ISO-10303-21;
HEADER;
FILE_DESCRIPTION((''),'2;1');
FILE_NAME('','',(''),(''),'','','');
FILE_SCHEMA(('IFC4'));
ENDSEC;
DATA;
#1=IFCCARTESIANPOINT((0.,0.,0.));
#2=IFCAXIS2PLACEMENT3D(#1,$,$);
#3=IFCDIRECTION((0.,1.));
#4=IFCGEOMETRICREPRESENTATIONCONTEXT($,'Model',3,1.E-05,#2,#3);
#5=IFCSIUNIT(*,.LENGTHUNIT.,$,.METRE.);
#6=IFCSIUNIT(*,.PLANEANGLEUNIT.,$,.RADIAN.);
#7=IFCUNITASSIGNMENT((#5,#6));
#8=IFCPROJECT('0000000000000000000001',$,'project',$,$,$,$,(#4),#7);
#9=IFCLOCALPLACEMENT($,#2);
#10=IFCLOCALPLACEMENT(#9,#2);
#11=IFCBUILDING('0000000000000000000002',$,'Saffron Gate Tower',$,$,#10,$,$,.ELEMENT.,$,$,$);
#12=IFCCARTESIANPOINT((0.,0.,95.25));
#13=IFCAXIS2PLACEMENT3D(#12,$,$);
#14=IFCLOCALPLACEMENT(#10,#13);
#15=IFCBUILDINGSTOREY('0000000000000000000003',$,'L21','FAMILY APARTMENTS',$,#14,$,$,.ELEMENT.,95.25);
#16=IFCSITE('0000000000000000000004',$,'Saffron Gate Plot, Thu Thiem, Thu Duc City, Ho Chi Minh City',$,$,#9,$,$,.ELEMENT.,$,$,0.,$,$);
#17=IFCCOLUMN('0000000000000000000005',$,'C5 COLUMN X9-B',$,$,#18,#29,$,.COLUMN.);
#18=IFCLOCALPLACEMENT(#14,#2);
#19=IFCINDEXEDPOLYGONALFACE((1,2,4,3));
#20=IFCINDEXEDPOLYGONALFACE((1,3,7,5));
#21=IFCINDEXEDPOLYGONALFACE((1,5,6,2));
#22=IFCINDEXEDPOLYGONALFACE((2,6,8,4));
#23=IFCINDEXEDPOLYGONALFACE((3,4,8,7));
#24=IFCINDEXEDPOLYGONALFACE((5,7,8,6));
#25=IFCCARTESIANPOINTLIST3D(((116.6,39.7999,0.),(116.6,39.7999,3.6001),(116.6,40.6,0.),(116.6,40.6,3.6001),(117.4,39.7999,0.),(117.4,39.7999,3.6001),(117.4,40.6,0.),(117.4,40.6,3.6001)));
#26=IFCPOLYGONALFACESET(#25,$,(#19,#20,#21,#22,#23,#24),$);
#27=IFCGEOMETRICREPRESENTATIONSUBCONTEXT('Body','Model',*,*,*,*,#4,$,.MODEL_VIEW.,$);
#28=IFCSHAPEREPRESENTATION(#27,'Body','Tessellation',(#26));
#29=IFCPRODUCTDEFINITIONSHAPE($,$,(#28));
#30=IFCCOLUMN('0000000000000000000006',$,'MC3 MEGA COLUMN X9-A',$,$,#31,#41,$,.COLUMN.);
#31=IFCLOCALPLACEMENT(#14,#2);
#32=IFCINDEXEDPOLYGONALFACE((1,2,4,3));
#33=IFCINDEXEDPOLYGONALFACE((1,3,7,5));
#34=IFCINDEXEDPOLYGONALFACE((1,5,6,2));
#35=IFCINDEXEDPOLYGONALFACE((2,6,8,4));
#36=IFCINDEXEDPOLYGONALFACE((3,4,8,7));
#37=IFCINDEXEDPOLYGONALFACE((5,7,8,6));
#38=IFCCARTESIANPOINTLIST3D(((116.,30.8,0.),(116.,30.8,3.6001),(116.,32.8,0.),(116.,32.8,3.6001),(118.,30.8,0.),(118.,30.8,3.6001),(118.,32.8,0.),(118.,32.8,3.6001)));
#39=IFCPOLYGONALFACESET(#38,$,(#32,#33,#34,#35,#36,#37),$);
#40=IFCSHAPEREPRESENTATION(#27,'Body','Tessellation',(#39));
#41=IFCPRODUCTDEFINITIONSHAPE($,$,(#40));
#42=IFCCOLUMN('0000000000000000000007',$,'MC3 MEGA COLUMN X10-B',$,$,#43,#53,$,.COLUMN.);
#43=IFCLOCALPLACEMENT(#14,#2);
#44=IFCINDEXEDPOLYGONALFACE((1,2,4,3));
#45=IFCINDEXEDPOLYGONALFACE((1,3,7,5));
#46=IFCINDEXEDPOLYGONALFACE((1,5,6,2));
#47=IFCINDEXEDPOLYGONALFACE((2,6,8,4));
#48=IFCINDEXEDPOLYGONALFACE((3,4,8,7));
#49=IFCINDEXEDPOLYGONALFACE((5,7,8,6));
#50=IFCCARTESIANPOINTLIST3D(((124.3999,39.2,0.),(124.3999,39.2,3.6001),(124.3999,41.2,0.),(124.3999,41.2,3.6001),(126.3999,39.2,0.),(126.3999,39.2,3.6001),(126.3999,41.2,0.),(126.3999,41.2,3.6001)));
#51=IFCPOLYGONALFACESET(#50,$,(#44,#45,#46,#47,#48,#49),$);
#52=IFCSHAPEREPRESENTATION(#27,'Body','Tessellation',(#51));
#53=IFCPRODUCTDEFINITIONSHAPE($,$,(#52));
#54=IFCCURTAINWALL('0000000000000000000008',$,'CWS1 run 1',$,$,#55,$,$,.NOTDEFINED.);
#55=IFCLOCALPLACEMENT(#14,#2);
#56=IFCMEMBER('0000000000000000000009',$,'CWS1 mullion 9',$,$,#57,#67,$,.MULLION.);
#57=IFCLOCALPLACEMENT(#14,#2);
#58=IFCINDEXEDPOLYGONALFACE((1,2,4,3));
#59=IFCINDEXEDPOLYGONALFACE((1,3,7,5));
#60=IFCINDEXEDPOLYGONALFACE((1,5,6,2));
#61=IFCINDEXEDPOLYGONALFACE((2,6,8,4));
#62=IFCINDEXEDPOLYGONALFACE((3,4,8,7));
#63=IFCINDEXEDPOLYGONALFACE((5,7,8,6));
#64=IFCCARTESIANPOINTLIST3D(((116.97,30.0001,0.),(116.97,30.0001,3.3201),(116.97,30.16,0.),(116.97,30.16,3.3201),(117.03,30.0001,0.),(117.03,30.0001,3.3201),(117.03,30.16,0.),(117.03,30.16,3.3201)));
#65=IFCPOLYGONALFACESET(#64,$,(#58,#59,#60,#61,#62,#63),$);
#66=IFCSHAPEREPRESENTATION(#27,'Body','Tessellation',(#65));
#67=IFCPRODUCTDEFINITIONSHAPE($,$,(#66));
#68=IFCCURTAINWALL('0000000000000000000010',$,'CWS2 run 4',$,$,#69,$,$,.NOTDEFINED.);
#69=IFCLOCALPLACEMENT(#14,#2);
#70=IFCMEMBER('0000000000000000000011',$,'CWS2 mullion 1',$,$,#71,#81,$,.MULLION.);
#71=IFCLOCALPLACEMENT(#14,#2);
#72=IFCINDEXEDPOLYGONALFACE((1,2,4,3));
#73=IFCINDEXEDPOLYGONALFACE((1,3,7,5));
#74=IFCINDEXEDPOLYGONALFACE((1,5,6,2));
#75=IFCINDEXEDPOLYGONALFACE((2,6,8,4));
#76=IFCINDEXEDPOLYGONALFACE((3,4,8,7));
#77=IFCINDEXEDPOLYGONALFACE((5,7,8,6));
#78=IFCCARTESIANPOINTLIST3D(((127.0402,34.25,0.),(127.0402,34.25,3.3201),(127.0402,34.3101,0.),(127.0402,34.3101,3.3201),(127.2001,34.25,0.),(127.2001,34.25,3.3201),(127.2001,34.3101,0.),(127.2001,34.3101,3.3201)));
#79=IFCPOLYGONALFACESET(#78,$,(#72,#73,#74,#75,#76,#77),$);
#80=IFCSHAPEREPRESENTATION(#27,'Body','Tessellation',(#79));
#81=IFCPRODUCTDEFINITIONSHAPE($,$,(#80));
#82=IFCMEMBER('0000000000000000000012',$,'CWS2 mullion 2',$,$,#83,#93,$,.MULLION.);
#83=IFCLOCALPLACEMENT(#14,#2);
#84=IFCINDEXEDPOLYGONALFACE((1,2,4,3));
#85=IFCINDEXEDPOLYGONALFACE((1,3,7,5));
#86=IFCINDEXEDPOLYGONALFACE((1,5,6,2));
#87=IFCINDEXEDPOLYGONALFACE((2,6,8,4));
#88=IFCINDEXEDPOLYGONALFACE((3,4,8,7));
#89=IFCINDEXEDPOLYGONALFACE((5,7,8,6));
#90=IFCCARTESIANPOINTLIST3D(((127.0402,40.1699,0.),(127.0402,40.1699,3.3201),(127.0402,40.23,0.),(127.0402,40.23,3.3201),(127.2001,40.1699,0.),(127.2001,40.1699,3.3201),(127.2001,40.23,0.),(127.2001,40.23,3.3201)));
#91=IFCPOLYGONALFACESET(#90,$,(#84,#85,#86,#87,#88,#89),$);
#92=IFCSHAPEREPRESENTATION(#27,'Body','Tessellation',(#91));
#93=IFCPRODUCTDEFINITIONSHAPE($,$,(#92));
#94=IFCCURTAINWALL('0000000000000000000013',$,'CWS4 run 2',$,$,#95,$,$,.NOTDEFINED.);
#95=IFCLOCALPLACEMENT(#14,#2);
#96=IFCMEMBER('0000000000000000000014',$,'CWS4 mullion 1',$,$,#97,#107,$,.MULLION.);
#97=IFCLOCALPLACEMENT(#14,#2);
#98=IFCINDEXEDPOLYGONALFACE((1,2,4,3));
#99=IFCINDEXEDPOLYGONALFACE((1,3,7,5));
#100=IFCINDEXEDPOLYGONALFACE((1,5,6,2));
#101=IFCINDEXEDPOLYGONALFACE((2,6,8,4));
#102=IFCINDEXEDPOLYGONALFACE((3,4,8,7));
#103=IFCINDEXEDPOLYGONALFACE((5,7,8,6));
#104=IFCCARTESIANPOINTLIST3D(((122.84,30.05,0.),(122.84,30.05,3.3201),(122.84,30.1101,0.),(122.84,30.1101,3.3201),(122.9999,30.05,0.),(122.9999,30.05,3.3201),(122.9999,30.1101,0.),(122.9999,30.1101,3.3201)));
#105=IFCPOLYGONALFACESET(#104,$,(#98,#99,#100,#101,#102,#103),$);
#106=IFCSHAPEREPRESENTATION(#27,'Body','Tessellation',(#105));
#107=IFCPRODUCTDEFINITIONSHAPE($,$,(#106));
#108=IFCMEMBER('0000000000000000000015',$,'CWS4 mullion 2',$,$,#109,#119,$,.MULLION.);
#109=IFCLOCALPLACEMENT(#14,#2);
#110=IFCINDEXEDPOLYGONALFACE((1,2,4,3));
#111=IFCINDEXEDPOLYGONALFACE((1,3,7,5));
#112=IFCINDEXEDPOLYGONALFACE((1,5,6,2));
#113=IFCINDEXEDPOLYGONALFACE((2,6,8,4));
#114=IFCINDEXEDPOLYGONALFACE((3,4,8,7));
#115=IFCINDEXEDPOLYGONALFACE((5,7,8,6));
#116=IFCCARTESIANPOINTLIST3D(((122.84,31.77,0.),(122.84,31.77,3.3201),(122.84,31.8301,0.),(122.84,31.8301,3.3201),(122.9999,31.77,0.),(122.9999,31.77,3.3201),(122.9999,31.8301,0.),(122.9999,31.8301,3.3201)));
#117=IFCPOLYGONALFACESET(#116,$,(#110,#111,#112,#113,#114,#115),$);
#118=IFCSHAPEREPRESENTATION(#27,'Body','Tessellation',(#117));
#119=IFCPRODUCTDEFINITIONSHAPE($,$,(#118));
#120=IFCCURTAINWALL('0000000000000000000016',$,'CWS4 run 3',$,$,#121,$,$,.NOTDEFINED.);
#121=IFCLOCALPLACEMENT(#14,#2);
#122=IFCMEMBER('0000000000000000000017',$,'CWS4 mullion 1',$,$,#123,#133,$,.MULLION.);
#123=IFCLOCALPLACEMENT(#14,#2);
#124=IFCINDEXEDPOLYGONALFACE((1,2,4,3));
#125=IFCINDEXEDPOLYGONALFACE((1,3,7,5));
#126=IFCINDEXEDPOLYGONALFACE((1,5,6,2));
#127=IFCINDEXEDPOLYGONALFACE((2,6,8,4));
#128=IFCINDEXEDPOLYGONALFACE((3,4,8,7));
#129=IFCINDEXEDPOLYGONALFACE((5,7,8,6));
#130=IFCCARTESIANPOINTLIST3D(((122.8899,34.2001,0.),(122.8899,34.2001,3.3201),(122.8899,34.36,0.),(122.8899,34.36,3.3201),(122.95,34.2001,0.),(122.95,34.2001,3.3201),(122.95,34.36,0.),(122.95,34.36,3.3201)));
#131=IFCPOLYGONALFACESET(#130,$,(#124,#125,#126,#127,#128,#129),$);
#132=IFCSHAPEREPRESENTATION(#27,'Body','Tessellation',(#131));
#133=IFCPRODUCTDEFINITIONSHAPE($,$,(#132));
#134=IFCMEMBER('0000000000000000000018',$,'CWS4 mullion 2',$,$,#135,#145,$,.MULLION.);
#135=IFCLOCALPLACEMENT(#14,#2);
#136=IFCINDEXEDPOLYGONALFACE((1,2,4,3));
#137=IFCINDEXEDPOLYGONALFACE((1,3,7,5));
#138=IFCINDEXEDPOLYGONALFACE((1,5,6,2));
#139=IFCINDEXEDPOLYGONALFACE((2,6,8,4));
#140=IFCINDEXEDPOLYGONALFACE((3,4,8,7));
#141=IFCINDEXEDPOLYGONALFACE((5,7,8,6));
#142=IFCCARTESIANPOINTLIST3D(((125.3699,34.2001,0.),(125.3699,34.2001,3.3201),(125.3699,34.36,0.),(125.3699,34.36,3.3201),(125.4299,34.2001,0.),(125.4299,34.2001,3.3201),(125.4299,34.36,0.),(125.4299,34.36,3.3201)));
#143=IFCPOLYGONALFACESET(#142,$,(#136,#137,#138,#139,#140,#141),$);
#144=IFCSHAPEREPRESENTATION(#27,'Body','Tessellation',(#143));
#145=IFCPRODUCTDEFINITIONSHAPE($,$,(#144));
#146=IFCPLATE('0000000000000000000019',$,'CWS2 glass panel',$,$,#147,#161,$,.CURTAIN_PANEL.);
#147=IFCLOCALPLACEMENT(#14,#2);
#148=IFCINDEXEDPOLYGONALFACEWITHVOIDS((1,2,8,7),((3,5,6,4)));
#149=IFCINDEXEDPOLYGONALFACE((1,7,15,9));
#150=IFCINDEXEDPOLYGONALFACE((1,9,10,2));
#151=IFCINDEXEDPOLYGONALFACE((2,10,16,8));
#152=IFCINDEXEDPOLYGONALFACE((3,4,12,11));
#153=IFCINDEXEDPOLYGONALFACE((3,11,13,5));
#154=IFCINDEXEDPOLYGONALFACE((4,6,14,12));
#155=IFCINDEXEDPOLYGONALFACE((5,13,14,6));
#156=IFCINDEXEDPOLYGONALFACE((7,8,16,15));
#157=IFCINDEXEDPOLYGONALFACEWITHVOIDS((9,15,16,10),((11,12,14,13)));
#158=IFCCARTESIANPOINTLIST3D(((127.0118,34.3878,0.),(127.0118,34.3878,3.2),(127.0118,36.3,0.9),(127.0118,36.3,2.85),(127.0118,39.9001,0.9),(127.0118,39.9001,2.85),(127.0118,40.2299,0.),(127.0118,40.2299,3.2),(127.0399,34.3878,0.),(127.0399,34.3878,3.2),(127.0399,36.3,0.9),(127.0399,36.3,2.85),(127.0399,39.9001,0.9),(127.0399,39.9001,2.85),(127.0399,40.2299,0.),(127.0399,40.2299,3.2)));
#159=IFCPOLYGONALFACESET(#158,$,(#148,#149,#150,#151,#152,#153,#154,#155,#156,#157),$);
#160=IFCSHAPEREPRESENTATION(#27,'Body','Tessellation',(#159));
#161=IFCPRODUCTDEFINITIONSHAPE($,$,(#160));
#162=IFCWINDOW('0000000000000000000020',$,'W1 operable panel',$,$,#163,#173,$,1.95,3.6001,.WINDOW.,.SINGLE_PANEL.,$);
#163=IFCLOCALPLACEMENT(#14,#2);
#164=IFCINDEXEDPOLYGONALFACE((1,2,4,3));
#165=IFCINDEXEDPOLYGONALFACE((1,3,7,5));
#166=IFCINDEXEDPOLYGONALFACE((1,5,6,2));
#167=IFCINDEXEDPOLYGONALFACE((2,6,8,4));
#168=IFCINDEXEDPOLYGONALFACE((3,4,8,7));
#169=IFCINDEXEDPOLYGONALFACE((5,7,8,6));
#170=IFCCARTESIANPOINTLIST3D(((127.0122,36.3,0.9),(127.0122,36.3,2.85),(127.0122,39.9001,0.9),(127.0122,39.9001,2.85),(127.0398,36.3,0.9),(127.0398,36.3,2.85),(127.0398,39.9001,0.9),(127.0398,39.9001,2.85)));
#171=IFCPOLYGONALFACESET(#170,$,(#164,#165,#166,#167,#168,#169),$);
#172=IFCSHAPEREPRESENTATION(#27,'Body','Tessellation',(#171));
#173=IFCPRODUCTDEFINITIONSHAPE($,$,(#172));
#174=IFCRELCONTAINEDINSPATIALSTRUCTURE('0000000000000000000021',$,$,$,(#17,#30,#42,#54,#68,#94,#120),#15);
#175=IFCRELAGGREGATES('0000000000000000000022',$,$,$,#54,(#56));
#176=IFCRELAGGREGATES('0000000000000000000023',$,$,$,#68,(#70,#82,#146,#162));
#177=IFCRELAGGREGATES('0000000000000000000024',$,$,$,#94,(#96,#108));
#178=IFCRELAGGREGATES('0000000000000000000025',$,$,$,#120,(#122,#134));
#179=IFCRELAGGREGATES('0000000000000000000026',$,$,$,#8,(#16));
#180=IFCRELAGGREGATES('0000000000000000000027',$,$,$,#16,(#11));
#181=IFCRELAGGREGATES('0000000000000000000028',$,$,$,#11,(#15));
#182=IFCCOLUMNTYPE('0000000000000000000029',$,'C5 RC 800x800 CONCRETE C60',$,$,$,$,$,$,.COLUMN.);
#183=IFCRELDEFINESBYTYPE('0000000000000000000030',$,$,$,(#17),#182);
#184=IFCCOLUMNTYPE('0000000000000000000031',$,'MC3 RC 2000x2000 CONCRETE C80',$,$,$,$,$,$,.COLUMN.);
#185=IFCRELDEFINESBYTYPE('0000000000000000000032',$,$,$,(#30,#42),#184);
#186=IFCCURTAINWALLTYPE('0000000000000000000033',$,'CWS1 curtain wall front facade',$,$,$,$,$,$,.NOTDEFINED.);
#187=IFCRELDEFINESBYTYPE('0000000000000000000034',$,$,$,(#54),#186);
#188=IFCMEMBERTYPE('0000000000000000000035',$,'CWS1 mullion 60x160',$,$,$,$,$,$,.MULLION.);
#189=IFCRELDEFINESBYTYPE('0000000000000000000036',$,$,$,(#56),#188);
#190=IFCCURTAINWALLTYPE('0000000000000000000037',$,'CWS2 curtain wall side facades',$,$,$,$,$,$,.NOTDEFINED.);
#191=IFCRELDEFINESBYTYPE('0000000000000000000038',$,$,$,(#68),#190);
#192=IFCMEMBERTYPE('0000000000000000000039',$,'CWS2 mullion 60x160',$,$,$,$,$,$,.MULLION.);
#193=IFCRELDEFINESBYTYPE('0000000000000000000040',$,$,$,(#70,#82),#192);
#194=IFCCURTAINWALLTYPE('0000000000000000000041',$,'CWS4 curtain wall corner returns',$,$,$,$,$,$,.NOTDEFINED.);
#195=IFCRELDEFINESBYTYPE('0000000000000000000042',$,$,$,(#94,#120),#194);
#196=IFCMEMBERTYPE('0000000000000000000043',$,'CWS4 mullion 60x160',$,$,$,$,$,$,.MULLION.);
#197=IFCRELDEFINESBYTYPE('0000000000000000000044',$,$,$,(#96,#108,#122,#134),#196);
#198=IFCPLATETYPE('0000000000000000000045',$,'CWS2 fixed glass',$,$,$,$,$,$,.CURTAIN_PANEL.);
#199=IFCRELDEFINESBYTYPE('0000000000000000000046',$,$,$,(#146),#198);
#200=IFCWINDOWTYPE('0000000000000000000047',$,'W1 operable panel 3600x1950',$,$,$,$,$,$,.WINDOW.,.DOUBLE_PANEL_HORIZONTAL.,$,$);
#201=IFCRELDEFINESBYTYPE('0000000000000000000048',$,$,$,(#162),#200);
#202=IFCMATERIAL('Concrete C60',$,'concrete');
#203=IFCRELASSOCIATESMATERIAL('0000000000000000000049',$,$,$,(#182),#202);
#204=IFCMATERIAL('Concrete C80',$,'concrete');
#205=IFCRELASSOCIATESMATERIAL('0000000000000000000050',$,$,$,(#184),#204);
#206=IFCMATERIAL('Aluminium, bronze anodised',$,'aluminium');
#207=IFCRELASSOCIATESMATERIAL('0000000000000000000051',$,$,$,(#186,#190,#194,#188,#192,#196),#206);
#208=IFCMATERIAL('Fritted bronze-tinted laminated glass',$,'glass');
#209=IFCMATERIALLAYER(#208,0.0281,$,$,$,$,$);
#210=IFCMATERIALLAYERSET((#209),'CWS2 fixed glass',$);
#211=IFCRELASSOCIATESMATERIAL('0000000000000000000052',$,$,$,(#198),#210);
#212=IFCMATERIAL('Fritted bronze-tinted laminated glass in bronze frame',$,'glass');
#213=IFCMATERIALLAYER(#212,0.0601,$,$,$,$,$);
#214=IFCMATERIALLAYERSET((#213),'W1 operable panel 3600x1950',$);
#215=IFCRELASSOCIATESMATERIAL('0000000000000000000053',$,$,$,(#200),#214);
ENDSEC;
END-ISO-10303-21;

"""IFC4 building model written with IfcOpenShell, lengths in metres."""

from ifc_helpers import new_model, si_unit, direction, frame, frame_2d, origin, origin_2d, place, context, subcontext, project, spatial, rectangle, extrude, material, layer, layer_set, material_profile, profile_set, type_object, element, fill, aggregate, save


model = new_model("IFC4")

# Units and contexts
model_context = context("Model", 3, precision=1e-05, world=origin(), true_north=direction((0.0, 1.0)))
body_context = subcontext(model_context, "Body", "Model", "MODEL_VIEW")
ifc_project = project(units=[si_unit("LENGTHUNIT", "METRE"), si_unit("PLANEANGLEUNIT", "RADIAN")], contexts=[model_context])

# Site, building, storey
site_placement = place(None, origin())
site = spatial("IfcSite", under=ifc_project, at=site_placement, Name="Saffron Gate Plot, Thu Thiem, Thu Duc City, Ho Chi Minh City", CompositionType="ELEMENT", RefElevation=0.0)
building_placement = place(site_placement, origin())
building = spatial("IfcBuilding", under=site, at=building_placement, Name="Saffron Gate Tower", CompositionType="ELEMENT")
storey_placement = place(building_placement, frame((0.0, 0.0, 95.25)))
storey = spatial("IfcBuildingStorey", under=building, at=storey_placement, Name="L21", Description="FAMILY APARTMENTS", CompositionType="ELEMENT", Elevation=95.25)

# Columns
ifc_material_1 = material(Name="Concrete C60", Category="concrete")
ifc_material_profile_1 = material_profile(ifc_material_1, rectangle(XDim=0.8, YDim=0.8, at=origin_2d()))
ifc_profile_set_1 = profile_set([ifc_material_profile_1], Name="Concrete C60")
column_type_1 = type_object("IfcColumnType", Name="C5 RC 800x800 CONCRETE C60", PredefinedType="COLUMN", material=ifc_profile_set_1)
column_placement = place(storey_placement, frame((117.0, 40.2, 0.0), z_axis=(0.0, 0.0, 1.0), x_axis=(1.0, 0.0, 0.0)))
element("IfcColumn", 1, at=column_placement, inside=storey, type_object=column_type_1, Name="C5 COLUMN X9-B", PredefinedType="COLUMN", context=body_context, shape_type="SweptSolid", body=[
    extrude(rectangle(XDim=0.8, YDim=0.8, at=origin_2d()), origin(), (0.0, 0.0, 1.0), 3.6001),
])
ifc_material_2 = material(Name="Concrete C80", Category="concrete")
ifc_material_profile_2 = material_profile(ifc_material_2, rectangle(XDim=2.0, YDim=2.0, at=origin_2d()))
ifc_profile_set_2 = profile_set([ifc_material_profile_2], Name="Concrete C80")
column_type_2 = type_object("IfcColumnType", Name="MC3 RC 2000x2000 CONCRETE C80", PredefinedType="COLUMN", material=ifc_profile_set_2)
for number, where, z_axis, x_axis, name in (
    (2, (117.0, 31.8, 0.0), (0.0, 0.0, 1.0), (1.0, 0.0, 0.0), "MC3 MEGA COLUMN X9-A"),
    (3, (125.3999, 40.2, 0.0), (0.0, 0.0, 1.0), (1.0, 0.0, 0.0), "MC3 MEGA COLUMN X10-B"),
):
    element("IfcColumn", number, at=place(storey_placement, frame(where, z_axis=z_axis, x_axis=x_axis)), inside=storey, type_object=column_type_2, Name=name, PredefinedType="COLUMN", context=body_context, shape_type="SweptSolid", body=[
        extrude(rectangle(XDim=2.0, YDim=2.0, at=origin_2d()), origin(), (0.0, 0.0, 1.0), 3.6001),
    ])

# Curtain wall, member
ifc_material_3 = material(Name="Aluminium, bronze anodised", Category="aluminium")
curtain_wall_type_1 = type_object("IfcCurtainWallType", Name="CWS1 curtain wall front facade", PredefinedType="NOTDEFINED", material=ifc_material_3)
curtain_wall_1_placement = place(storey_placement, origin())
curtain_wall_1 = element("IfcCurtainWall", 4, at=curtain_wall_1_placement, inside=storey, type_object=curtain_wall_type_1, Name="CWS1 run 1", PredefinedType="NOTDEFINED")
ifc_material_profile_3 = material_profile(ifc_material_3, rectangle(XDim=0.1599, YDim=0.0601, at=origin_2d()))
ifc_profile_set_3 = profile_set([ifc_material_profile_3], Name="Aluminium, bronze anodised")
member_type_1 = type_object("IfcMemberType", Name="CWS1 mullion 60x160", PredefinedType="MULLION", material=ifc_profile_set_3)
member_1_placement = place(storey_placement, frame((117.0, 30.0801, 0.0), z_axis=(0.0, 0.0, 1.0), x_axis=(0.0, 1.0, 0.0)))
member_1 = element("IfcMember", 5, at=member_1_placement, type_object=member_type_1, Name="CWS1 mullion 9", PredefinedType="MULLION", context=body_context, shape_type="SweptSolid", body=[
    extrude(rectangle(XDim=0.1599, YDim=0.0601, at=origin_2d()), origin(), (0.0, 0.0, 1.0), 3.3201),
])
aggregate(curtain_wall_1, [member_1])

# Curtain walls, members
curtain_wall_type_2 = type_object("IfcCurtainWallType", Name="CWS2 curtain wall side facades", PredefinedType="NOTDEFINED", material=ifc_material_3)
curtain_wall_2_placement = place(storey_placement, origin())
curtain_wall_2 = element("IfcCurtainWall", 6, at=curtain_wall_2_placement, inside=storey, type_object=curtain_wall_type_2, Name="CWS2 run 4", PredefinedType="NOTDEFINED")
ifc_material_profile_4 = material_profile(ifc_material_3, rectangle(XDim=0.1599, YDim=0.0601, at=origin_2d()))
ifc_profile_set_4 = profile_set([ifc_material_profile_4], Name="Aluminium, bronze anodised")
member_type_2 = type_object("IfcMemberType", Name="CWS2 mullion 60x160", PredefinedType="MULLION", material=ifc_profile_set_4)
member_2_placement = place(storey_placement, frame((127.1201, 34.28, 0.0), z_axis=(0.0, 0.0, 1.0), x_axis=(-1.0, 0.0, 0.0)))
member_2 = element("IfcMember", 7, at=member_2_placement, type_object=member_type_2, Name="CWS2 mullion 1", PredefinedType="MULLION", context=body_context, shape_type="SweptSolid", body=[
    extrude(rectangle(XDim=0.1599, YDim=0.0601, at=origin_2d()), origin(), (0.0, 0.0, 1.0), 3.3201),
])
member_3_placement = place(storey_placement, frame((127.1201, 40.2, 0.0), z_axis=(0.0, 0.0, 1.0), x_axis=(-1.0, 0.0, 0.0)))
member_3 = element("IfcMember", 8, at=member_3_placement, type_object=member_type_2, Name="CWS2 mullion 2", PredefinedType="MULLION", context=body_context, shape_type="SweptSolid", body=[
    extrude(rectangle(XDim=0.1599, YDim=0.0601, at=origin_2d()), origin(), (0.0, 0.0, 1.0), 3.3201),
])
curtain_wall_type_3 = type_object("IfcCurtainWallType", Name="CWS4 curtain wall corner returns", PredefinedType="NOTDEFINED", material=ifc_material_3)
curtain_wall_3_placement = place(storey_placement, origin())
curtain_wall_3 = element("IfcCurtainWall", 9, at=curtain_wall_3_placement, inside=storey, type_object=curtain_wall_type_3, Name="CWS4 run 2", PredefinedType="NOTDEFINED")
ifc_material_profile_5 = material_profile(ifc_material_3, rectangle(XDim=0.1599, YDim=0.0601, at=origin_2d()))
ifc_profile_set_5 = profile_set([ifc_material_profile_5], Name="Aluminium, bronze anodised")
member_type_3 = type_object("IfcMemberType", Name="CWS4 mullion 60x160", PredefinedType="MULLION", material=ifc_profile_set_5)
member_4_placement = place(storey_placement, frame((122.9199, 30.0801, 0.0), z_axis=(0.0, 0.0, 1.0), x_axis=(-1.0, 0.0, 0.0)))
member_4 = element("IfcMember", 10, at=member_4_placement, type_object=member_type_3, Name="CWS4 mullion 1", PredefinedType="MULLION", context=body_context, shape_type="SweptSolid", body=[
    extrude(rectangle(XDim=0.1599, YDim=0.0601, at=origin_2d()), origin(), (0.0, 0.0, 1.0), 3.3201),
])
member_5_placement = place(storey_placement, frame((122.9199, 31.8, 0.0), z_axis=(0.0, 0.0, 1.0), x_axis=(-1.0, 0.0, 0.0)))
member_5 = element("IfcMember", 11, at=member_5_placement, type_object=member_type_3, Name="CWS4 mullion 2", PredefinedType="MULLION", context=body_context, shape_type="SweptSolid", body=[
    extrude(rectangle(XDim=0.1599, YDim=0.0601, at=origin_2d()), origin(), (0.0, 0.0, 1.0), 3.3201),
])
curtain_wall_4_placement = place(storey_placement, origin())
curtain_wall_4 = element("IfcCurtainWall", 12, at=curtain_wall_4_placement, inside=storey, type_object=curtain_wall_type_3, Name="CWS4 run 3", PredefinedType="NOTDEFINED")
member_6_placement = place(storey_placement, frame((122.9199, 34.28, 0.0), z_axis=(0.0, 0.0, 1.0), x_axis=(0.0, 1.0, 0.0)))
member_6 = element("IfcMember", 13, at=member_6_placement, type_object=member_type_3, Name="CWS4 mullion 1", PredefinedType="MULLION", context=body_context, shape_type="SweptSolid", body=[
    extrude(rectangle(XDim=0.1599, YDim=0.0601, at=origin_2d()), origin(), (0.0, 0.0, 1.0), 3.3201),
])
member_7_placement = place(storey_placement, frame((125.3999, 34.28, 0.0), z_axis=(0.0, 0.0, 1.0), x_axis=(0.0, 1.0, 0.0)))
member_7 = element("IfcMember", 14, at=member_7_placement, type_object=member_type_3, Name="CWS4 mullion 2", PredefinedType="MULLION", context=body_context, shape_type="SweptSolid", body=[
    extrude(rectangle(XDim=0.1599, YDim=0.0601, at=origin_2d()), origin(), (0.0, 0.0, 1.0), 3.3201),
])

# Plate, opening, window
ifc_material_4 = material(Name="Fritted bronze-tinted laminated glass", Category="glass")
ifc_layer_1 = layer(ifc_material_4, 0.0281)
ifc_layer_set_1 = layer_set([ifc_layer_1], Name="CWS2 fixed glass")
plate_type_1 = type_object("IfcPlateType", Name="CWS2 fixed glass", PredefinedType="CURTAIN_PANEL", material=ifc_layer_set_1)
plate_1_placement = place(storey_placement, frame((127.0259, 34.3879, 0.0), z_axis=(0.0, 0.0, 1.0), x_axis=(0.0, 1.0, 0.0)))
plate_1 = element("IfcPlate", 15, at=plate_1_placement, type_object=plate_type_1, Name="CWS2 glass panel", PredefinedType="CURTAIN_PANEL", context=body_context, shape_type="SweptSolid", body=[
    extrude(rectangle(XDim=5.842, YDim=0.0281, at=frame_2d((2.9209, 0.0))), origin(), (0.0, 0.0, 1.0), 3.2),
])
opening_1_placement = place(plate_1_placement, frame((1.9121, 0.0, 0.8999)))
opening_1 = element("IfcOpeningElement", 16, at=opening_1_placement, cuts=plate_1, PredefinedType="OPENING", context=body_context, shape_type="SweptSolid", body=[
    extrude(rectangle(XDim=3.6001, YDim=1.95, at=frame_2d((1.8, 0.9751))), frame((0.0, 0.0239, 0.0), z_axis=(0.0, -1.0, 0.0), x_axis=(1.0, 0.0, 0.0)), (0.0, 0.0, 1.0), 0.0481),
])
ifc_material_5 = material(Name="Fritted bronze-tinted laminated glass in bronze frame", Category="glass")
ifc_layer_2 = layer(ifc_material_5, 0.0601)
ifc_layer_set_2 = layer_set([ifc_layer_2], Name="W1 operable panel 3600x1950")
window_type_1 = type_object("IfcWindowType", Name="W1 operable panel 3600x1950", PartitioningType="DOUBLE_PANEL_HORIZONTAL", PredefinedType="WINDOW", material=ifc_layer_set_2)
window_1_placement = place(opening_1_placement, origin())
window_1 = element("IfcWindow", 17, at=window_1_placement, type_object=window_type_1, Name="W1 operable panel", OverallHeight=1.95, OverallWidth=3.6001, PartitioningType="SINGLE_PANEL", PredefinedType="WINDOW", context=body_context, shape_type="SweptSolid", body=[
    extrude(rectangle(XDim=3.6001, YDim=1.95, at=frame_2d((1.8, 0.9751))), frame((0.0, 0.0137, 0.0), z_axis=(0.0, -1.0, 0.0), x_axis=(1.0, 0.0, 0.0)), (0.0, 0.0, 1.0), 0.0276),
])
fill(opening_1, window_1)
aggregate(curtain_wall_2, [member_2, member_3, plate_1, window_1])

aggregate(curtain_wall_3, [member_4, member_5])
aggregate(curtain_wall_4, [member_6, member_7])

save(model, "model.ifc")
